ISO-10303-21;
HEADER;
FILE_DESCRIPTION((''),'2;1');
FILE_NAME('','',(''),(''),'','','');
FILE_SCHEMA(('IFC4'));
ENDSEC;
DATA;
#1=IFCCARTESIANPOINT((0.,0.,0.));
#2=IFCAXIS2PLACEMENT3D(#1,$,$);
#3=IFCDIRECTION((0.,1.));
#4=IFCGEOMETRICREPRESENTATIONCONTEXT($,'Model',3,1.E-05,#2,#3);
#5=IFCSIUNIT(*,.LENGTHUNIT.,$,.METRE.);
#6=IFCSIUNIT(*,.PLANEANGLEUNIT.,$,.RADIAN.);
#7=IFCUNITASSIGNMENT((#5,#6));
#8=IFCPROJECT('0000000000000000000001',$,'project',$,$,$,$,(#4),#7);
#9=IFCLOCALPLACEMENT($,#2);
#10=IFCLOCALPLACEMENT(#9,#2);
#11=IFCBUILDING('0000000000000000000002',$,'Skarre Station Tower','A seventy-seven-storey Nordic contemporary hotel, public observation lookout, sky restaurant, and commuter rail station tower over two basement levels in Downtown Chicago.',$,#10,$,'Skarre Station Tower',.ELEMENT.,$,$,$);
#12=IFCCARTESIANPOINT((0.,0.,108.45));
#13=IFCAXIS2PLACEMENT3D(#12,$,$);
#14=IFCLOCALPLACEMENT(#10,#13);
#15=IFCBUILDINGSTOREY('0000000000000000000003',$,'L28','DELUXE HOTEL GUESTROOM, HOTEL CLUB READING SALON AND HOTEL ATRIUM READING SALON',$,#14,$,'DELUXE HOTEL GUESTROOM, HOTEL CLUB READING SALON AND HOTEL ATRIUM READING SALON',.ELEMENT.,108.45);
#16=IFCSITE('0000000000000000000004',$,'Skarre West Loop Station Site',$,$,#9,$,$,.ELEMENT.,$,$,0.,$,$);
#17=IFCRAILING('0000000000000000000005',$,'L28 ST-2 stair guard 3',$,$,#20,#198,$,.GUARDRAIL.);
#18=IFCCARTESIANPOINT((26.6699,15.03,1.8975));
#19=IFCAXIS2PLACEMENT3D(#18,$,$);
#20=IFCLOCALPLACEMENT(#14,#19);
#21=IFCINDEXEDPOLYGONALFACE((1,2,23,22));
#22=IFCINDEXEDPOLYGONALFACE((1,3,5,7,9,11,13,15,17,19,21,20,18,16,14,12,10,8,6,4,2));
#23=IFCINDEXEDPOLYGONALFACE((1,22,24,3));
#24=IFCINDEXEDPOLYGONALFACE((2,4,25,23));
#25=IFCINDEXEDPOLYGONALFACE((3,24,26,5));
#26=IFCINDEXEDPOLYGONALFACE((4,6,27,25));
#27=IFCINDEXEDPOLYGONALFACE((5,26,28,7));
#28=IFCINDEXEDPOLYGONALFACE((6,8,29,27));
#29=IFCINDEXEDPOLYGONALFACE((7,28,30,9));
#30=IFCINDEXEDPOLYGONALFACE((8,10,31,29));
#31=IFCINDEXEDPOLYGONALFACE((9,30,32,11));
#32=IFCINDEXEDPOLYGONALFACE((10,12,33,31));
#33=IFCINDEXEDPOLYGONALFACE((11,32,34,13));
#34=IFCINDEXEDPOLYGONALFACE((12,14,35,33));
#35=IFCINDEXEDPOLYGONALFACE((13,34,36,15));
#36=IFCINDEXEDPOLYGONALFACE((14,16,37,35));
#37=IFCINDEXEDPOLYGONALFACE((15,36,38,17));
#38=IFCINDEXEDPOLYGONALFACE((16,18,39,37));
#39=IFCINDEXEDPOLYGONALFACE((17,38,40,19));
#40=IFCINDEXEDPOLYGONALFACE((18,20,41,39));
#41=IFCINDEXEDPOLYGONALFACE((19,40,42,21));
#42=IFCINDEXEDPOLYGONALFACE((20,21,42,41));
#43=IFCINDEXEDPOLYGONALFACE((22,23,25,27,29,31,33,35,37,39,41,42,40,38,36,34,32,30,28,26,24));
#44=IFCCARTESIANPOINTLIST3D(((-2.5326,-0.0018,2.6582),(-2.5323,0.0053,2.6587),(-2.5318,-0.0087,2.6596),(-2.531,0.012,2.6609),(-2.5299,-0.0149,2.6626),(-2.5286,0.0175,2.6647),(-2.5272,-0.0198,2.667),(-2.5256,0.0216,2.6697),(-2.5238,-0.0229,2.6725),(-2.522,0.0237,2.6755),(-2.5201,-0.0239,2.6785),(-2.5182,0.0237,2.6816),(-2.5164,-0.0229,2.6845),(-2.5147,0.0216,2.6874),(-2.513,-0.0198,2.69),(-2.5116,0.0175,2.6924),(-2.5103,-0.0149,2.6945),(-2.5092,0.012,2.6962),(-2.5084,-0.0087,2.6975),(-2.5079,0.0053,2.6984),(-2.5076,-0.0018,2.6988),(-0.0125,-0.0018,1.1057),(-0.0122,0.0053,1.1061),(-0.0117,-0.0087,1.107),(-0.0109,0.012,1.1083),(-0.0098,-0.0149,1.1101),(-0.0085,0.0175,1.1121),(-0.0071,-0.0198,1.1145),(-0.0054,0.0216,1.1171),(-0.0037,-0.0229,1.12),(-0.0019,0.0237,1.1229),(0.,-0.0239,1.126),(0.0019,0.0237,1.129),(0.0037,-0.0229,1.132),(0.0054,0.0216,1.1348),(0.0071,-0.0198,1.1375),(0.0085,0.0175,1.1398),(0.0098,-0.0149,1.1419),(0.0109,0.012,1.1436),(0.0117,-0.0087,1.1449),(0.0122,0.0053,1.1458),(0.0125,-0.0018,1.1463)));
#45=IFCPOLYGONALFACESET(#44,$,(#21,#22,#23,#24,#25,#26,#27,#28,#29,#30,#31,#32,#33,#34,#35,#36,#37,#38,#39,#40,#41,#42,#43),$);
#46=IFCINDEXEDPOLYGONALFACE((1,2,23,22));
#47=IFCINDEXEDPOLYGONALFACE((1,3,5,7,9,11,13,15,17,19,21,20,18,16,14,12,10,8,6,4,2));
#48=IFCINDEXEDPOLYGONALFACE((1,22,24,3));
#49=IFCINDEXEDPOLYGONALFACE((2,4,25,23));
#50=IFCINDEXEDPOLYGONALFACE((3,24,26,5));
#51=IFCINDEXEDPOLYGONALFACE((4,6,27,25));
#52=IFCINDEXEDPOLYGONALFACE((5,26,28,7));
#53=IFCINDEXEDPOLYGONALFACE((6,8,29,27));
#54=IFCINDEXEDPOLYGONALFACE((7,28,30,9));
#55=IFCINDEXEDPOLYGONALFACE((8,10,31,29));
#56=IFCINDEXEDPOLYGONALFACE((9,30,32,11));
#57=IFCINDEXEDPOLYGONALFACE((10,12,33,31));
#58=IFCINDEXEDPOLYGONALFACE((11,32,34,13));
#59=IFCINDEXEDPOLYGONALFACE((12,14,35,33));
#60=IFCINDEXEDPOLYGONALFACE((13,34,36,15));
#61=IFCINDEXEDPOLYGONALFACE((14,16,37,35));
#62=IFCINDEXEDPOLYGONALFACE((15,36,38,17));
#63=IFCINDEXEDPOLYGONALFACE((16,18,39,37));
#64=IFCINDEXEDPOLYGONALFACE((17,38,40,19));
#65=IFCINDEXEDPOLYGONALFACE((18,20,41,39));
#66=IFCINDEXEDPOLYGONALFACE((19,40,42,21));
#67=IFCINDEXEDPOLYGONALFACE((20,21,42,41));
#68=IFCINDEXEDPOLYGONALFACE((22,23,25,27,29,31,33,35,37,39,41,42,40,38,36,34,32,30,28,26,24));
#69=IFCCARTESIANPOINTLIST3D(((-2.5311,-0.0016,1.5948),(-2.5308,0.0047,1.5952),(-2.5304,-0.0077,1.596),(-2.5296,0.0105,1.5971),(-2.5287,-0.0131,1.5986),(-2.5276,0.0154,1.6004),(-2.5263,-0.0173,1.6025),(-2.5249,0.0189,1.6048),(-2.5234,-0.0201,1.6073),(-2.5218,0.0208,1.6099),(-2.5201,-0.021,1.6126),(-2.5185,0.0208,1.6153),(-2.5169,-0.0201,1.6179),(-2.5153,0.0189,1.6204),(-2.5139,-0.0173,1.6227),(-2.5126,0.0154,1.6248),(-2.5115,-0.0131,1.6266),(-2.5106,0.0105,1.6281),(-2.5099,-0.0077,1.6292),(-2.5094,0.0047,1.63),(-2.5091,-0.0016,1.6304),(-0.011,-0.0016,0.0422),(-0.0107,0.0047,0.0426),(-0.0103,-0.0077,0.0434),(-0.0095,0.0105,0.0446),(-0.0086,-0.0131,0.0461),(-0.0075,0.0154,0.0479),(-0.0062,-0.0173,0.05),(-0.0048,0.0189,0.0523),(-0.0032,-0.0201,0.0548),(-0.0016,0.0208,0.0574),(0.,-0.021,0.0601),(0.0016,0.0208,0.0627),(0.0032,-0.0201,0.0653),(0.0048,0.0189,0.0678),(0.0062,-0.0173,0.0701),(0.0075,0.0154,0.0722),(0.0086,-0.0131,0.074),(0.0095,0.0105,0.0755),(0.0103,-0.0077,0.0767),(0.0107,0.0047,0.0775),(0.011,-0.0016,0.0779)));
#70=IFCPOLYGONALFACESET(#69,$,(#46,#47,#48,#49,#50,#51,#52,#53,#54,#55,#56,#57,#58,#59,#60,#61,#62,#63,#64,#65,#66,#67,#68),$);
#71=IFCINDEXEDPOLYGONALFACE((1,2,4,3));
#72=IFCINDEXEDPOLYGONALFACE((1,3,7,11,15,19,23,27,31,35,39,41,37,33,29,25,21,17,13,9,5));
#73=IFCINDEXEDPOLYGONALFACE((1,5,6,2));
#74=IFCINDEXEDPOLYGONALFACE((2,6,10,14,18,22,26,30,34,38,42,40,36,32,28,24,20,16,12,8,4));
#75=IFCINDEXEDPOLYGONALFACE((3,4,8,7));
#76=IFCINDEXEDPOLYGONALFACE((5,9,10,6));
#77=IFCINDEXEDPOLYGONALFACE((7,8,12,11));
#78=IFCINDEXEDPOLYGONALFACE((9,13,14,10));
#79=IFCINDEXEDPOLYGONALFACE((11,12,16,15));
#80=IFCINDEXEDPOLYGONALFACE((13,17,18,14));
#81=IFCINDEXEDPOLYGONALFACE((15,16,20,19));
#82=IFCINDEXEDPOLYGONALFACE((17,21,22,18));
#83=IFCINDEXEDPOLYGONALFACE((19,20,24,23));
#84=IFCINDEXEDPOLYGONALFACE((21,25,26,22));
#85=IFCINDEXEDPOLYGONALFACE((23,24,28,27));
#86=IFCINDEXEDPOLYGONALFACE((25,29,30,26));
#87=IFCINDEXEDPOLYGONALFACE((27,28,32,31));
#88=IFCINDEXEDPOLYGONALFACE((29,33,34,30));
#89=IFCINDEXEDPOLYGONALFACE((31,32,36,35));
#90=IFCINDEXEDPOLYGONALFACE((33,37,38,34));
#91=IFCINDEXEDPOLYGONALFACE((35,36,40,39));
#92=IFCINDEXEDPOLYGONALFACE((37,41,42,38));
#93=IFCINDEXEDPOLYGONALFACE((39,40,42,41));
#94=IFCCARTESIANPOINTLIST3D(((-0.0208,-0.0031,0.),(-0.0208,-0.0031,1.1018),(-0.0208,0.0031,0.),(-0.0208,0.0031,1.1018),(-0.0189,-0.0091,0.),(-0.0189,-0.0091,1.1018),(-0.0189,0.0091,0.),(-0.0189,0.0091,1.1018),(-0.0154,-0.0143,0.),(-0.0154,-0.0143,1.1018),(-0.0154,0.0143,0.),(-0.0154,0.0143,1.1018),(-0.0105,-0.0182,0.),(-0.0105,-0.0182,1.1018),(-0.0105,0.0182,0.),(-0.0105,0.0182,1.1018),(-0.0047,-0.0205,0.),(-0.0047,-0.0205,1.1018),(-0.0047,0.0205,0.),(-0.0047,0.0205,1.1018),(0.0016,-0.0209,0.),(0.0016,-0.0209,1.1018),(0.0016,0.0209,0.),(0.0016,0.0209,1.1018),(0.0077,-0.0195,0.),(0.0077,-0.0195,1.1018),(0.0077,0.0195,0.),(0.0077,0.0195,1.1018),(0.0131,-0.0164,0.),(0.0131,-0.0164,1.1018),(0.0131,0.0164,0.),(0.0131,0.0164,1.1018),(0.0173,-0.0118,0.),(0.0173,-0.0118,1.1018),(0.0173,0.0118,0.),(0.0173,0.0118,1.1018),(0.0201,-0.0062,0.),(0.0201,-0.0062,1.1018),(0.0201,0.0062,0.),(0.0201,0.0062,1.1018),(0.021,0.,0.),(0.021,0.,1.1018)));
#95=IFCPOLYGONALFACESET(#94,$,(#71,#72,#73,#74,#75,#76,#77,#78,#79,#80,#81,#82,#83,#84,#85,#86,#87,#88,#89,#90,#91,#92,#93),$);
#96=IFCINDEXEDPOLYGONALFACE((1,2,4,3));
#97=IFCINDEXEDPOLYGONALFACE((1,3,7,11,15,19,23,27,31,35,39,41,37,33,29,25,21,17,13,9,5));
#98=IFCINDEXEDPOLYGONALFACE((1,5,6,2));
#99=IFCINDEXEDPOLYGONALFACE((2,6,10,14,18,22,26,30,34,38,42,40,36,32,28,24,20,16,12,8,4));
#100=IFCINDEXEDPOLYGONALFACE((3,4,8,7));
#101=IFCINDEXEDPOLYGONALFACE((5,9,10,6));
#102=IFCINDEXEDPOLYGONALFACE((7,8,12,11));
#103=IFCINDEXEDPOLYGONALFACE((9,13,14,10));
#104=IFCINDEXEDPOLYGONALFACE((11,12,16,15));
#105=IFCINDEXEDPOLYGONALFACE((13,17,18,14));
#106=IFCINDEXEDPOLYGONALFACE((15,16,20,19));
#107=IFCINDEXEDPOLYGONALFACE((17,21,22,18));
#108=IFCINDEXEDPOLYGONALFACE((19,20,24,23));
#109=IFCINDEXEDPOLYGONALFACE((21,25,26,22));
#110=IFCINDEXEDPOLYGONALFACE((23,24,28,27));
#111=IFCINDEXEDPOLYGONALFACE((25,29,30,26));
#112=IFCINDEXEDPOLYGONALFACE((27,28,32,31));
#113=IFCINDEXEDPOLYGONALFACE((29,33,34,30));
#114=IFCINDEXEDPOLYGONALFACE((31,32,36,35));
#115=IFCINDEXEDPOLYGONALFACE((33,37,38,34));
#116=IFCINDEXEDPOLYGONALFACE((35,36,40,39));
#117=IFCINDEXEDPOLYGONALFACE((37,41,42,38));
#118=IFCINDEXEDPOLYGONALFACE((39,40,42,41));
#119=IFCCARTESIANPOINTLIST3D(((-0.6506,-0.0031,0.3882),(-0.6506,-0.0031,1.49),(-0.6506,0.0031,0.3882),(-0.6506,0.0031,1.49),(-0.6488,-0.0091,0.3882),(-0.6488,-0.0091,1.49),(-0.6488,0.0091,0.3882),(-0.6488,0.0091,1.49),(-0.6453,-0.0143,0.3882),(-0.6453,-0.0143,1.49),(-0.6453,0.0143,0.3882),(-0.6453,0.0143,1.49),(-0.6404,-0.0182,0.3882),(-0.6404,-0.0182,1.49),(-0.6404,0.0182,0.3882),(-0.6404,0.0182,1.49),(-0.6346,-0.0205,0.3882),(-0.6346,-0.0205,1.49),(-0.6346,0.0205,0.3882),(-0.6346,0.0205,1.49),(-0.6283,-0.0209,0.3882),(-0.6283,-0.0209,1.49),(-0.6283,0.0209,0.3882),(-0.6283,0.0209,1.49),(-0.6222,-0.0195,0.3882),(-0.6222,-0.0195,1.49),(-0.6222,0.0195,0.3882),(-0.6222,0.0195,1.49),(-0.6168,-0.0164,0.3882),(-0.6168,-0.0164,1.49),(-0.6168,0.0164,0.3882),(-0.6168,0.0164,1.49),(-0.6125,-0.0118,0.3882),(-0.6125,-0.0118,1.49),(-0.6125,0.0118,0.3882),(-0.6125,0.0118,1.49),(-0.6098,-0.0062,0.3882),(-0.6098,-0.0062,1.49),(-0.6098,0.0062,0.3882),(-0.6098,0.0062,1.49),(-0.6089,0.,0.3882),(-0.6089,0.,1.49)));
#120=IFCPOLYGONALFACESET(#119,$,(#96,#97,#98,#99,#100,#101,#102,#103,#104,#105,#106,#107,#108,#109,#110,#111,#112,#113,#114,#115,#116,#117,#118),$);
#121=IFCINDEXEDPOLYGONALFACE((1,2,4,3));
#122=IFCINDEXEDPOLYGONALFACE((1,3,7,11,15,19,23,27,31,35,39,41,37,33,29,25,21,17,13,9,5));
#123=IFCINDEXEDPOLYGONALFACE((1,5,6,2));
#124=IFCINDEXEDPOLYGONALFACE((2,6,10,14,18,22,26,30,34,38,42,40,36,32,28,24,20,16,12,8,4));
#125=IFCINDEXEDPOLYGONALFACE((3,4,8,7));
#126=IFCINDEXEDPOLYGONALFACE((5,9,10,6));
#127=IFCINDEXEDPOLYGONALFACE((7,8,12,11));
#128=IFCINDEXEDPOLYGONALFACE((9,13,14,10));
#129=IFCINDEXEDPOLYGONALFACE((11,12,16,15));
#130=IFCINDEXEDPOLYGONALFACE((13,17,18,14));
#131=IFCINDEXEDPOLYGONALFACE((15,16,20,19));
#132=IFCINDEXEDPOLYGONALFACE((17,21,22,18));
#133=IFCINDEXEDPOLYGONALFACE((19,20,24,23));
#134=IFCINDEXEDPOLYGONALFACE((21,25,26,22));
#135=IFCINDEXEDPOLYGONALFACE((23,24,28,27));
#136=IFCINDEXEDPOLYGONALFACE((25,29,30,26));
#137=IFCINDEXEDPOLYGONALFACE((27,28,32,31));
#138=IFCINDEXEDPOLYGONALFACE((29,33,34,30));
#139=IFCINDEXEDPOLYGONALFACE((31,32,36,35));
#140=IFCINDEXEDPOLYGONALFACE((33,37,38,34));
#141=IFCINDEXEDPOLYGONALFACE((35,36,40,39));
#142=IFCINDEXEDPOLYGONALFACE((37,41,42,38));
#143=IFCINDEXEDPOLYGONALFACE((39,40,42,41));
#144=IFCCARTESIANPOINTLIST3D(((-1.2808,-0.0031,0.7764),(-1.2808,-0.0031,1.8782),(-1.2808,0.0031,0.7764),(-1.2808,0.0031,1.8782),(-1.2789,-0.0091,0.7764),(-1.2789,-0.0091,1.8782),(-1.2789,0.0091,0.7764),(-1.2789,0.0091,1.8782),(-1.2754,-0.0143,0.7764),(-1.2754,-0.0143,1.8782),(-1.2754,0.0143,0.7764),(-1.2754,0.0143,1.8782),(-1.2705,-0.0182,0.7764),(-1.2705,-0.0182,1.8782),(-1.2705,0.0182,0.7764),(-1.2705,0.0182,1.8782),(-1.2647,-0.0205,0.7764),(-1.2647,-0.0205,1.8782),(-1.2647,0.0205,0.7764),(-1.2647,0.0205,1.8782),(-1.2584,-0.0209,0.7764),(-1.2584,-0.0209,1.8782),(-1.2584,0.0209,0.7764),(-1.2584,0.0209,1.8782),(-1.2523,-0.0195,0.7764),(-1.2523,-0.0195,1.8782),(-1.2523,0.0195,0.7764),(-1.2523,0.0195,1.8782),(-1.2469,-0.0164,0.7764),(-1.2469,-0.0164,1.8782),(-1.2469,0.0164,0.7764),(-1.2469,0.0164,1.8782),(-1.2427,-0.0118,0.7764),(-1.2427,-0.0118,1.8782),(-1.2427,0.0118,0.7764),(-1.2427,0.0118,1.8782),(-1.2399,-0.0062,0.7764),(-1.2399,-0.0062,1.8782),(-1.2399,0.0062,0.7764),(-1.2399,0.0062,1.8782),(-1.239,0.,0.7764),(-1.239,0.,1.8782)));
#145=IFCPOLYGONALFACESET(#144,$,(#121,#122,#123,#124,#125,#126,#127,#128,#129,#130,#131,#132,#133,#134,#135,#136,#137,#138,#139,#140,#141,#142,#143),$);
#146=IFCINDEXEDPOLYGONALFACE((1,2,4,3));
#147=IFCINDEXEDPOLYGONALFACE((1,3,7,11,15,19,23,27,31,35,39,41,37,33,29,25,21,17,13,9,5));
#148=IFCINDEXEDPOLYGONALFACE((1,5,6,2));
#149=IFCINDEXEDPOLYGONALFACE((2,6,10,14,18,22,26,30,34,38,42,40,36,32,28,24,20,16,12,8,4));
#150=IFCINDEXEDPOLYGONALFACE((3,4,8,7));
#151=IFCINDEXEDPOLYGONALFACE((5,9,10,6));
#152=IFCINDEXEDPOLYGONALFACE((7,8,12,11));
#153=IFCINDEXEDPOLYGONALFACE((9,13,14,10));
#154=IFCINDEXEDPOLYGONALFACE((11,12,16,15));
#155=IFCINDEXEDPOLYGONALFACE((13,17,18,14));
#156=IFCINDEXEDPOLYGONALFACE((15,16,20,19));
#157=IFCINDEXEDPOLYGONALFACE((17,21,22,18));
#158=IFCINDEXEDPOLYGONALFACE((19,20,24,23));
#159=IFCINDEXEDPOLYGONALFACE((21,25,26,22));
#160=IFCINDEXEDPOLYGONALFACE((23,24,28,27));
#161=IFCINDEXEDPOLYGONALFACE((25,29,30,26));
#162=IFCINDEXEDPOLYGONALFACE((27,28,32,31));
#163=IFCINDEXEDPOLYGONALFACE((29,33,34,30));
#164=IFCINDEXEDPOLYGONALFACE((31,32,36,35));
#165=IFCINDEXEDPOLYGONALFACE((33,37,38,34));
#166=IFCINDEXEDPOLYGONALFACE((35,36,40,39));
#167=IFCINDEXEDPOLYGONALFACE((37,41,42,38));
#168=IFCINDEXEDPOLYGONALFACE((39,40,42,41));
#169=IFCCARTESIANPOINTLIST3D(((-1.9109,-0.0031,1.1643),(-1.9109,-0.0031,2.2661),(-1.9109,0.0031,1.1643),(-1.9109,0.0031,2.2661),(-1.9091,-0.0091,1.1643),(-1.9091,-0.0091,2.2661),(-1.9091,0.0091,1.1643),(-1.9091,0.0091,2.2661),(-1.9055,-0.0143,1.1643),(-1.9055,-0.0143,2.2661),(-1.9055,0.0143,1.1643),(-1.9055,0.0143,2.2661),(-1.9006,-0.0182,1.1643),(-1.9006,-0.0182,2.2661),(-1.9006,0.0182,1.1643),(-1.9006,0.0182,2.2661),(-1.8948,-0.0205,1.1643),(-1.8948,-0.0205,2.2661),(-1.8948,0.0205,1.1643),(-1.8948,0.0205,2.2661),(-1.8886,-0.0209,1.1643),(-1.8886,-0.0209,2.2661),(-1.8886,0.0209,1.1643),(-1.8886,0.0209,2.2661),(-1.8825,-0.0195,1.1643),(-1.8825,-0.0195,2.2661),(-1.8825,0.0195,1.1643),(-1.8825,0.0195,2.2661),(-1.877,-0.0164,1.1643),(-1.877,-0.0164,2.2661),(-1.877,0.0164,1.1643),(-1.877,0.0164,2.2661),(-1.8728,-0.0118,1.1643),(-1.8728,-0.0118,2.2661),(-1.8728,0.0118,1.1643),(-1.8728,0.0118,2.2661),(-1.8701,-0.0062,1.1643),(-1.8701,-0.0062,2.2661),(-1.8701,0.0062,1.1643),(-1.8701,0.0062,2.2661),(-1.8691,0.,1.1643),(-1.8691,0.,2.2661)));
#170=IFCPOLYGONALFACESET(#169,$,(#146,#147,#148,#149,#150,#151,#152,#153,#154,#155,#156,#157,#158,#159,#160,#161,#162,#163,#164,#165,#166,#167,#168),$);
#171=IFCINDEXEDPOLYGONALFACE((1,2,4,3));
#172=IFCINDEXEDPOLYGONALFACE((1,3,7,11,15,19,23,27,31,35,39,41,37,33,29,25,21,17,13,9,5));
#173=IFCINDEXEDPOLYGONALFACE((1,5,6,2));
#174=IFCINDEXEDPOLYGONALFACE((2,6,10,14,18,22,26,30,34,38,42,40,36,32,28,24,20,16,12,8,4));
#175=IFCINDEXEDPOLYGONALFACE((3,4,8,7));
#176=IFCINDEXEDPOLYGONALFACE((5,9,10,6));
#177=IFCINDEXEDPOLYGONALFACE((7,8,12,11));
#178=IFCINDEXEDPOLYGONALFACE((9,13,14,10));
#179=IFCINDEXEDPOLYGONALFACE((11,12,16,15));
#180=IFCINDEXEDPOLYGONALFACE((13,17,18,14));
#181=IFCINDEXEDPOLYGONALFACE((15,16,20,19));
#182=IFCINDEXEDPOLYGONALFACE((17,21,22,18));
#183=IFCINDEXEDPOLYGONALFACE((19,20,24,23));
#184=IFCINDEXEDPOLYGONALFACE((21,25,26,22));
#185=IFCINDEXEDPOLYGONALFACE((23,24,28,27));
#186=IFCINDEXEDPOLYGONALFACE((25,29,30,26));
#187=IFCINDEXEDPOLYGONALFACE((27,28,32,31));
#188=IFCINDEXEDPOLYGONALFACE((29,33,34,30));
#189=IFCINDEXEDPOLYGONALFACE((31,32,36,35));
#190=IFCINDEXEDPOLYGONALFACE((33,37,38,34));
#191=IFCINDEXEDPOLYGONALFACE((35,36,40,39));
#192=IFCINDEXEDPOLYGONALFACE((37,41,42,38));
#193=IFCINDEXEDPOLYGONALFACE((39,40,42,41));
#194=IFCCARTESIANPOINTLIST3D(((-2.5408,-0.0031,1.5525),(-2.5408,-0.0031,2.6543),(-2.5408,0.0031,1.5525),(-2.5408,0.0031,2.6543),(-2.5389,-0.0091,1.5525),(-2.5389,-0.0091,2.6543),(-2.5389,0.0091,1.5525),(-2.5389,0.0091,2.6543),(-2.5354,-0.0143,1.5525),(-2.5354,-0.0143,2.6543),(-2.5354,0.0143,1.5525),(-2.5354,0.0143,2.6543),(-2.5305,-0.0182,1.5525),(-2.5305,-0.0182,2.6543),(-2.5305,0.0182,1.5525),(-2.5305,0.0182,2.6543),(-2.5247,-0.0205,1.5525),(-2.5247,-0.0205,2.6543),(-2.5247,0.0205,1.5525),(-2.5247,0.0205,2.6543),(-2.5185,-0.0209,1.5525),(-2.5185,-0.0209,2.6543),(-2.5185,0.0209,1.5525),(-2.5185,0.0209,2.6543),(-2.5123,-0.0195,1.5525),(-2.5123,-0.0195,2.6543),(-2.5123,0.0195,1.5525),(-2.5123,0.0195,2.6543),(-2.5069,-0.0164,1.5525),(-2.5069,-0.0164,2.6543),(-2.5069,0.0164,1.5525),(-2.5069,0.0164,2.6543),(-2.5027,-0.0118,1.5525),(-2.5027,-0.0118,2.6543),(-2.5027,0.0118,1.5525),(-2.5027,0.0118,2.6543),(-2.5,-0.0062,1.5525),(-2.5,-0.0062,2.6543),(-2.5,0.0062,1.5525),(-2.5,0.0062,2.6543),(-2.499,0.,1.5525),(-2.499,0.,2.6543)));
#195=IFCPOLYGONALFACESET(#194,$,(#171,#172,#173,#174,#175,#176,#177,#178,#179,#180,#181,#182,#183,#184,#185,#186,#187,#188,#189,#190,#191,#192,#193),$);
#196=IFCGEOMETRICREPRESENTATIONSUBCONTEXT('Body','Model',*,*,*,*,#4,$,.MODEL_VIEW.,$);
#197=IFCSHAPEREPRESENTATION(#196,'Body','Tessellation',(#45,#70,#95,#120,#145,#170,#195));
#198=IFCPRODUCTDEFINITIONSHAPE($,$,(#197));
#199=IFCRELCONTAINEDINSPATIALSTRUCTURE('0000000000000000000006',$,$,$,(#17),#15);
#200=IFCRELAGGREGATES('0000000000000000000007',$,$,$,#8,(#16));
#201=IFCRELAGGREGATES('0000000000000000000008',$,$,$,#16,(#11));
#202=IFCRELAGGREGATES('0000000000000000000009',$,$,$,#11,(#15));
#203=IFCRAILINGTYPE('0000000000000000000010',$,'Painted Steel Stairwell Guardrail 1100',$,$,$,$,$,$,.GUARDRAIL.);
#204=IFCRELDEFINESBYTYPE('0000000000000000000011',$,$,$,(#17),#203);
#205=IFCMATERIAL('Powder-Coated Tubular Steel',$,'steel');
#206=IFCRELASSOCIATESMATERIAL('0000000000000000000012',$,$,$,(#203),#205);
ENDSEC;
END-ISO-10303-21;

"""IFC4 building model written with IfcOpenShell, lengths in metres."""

from ifc_helpers import new_model, si_unit, direction, frame, origin, origin_2d, place, context, subcontext, project, spatial, circle, extrude, material, type_object, element, save


model = new_model("IFC4")

# Units and contexts
model_context = context("Model", 3, precision=1e-05, world=origin(), true_north=direction((0.0, 1.0)))
body_context = subcontext(model_context, "Body", "Model", "MODEL_VIEW")
ifc_project = project(units=[si_unit("LENGTHUNIT", "METRE"), si_unit("PLANEANGLEUNIT", "RADIAN")], contexts=[model_context])

# Site, building, storey
site_placement = place(None, origin())
site = spatial("IfcSite", under=ifc_project, at=site_placement, Name="Skarre West Loop Station Site", CompositionType="ELEMENT", RefElevation=0.0)
building_placement = place(site_placement, origin())
building = spatial("IfcBuilding", under=site, at=building_placement, Name="Skarre Station Tower", Description="A seventy-seven-storey Nordic contemporary hotel, public observation lookout, sky restaurant, and commuter rail station tower over two basement levels in Downtown Chicago.", LongName="Skarre Station Tower", CompositionType="ELEMENT")
storey_placement = place(building_placement, frame((0.0, 0.0, 108.45)))
storey = spatial("IfcBuildingStorey", under=building, at=storey_placement, Name="L28", Description="DELUXE HOTEL GUESTROOM, HOTEL CLUB READING SALON AND HOTEL ATRIUM READING SALON", LongName="DELUXE HOTEL GUESTROOM, HOTEL CLUB READING SALON AND HOTEL ATRIUM READING SALON", CompositionType="ELEMENT", Elevation=108.45)

# Railing
ifc_material_1 = material(Name="Powder-Coated Tubular Steel", Category="steel")
railing_type_1 = type_object("IfcRailingType", Name="Painted Steel Stairwell Guardrail 1100", PredefinedType="GUARDRAIL", material=ifc_material_1)
railing_1_placement = place(storey_placement, frame((26.6699, 15.03, 1.8975)))
element("IfcRailing", 1, at=railing_1_placement, inside=storey, type_object=railing_type_1, Name="L28 ST-2 stair guard 3", PredefinedType="GUARDRAIL", context=body_context, shape_type="SweptSolid", body=[
    extrude(circle(Radius=0.0239, at=origin_2d()), frame((0.0, 0.0, 1.126), z_axis=(-0.8514, 0.0, 0.524516), x_axis=(0.0, -1.0, 0.0)), (0.0, 0.0, 1.0), 2.96),
    extrude(circle(Radius=0.021, at=origin_2d()), frame((0.0, 0.0, 0.0601), z_axis=(-0.8514, 0.0, 0.524516), x_axis=(0.0, -1.0, 0.0)), (0.0, 0.0, 1.0), 2.96),
    extrude(circle(Radius=0.021, at=origin_2d()), origin(), (0.0, 0.0, 1.0), 1.1018),
    extrude(circle(Radius=0.021, at=origin_2d()), frame((-0.6299, 0.0, 0.3882)), (0.0, 0.0, 1.0), 1.1018),
    extrude(circle(Radius=0.021, at=origin_2d()), frame((-1.26, 0.0, 0.7764)), (0.0, 0.0, 1.0), 1.1018),
    extrude(circle(Radius=0.021, at=origin_2d()), frame((-1.8901, 0.0, 1.1643)), (0.0, 0.0, 1.0), 1.1018),
    extrude(circle(Radius=0.021, at=origin_2d()), frame((-2.52, 0.0, 1.5525)), (0.0, 0.0, 1.0), 1.1018),
])

save(model, "model.ifc")
